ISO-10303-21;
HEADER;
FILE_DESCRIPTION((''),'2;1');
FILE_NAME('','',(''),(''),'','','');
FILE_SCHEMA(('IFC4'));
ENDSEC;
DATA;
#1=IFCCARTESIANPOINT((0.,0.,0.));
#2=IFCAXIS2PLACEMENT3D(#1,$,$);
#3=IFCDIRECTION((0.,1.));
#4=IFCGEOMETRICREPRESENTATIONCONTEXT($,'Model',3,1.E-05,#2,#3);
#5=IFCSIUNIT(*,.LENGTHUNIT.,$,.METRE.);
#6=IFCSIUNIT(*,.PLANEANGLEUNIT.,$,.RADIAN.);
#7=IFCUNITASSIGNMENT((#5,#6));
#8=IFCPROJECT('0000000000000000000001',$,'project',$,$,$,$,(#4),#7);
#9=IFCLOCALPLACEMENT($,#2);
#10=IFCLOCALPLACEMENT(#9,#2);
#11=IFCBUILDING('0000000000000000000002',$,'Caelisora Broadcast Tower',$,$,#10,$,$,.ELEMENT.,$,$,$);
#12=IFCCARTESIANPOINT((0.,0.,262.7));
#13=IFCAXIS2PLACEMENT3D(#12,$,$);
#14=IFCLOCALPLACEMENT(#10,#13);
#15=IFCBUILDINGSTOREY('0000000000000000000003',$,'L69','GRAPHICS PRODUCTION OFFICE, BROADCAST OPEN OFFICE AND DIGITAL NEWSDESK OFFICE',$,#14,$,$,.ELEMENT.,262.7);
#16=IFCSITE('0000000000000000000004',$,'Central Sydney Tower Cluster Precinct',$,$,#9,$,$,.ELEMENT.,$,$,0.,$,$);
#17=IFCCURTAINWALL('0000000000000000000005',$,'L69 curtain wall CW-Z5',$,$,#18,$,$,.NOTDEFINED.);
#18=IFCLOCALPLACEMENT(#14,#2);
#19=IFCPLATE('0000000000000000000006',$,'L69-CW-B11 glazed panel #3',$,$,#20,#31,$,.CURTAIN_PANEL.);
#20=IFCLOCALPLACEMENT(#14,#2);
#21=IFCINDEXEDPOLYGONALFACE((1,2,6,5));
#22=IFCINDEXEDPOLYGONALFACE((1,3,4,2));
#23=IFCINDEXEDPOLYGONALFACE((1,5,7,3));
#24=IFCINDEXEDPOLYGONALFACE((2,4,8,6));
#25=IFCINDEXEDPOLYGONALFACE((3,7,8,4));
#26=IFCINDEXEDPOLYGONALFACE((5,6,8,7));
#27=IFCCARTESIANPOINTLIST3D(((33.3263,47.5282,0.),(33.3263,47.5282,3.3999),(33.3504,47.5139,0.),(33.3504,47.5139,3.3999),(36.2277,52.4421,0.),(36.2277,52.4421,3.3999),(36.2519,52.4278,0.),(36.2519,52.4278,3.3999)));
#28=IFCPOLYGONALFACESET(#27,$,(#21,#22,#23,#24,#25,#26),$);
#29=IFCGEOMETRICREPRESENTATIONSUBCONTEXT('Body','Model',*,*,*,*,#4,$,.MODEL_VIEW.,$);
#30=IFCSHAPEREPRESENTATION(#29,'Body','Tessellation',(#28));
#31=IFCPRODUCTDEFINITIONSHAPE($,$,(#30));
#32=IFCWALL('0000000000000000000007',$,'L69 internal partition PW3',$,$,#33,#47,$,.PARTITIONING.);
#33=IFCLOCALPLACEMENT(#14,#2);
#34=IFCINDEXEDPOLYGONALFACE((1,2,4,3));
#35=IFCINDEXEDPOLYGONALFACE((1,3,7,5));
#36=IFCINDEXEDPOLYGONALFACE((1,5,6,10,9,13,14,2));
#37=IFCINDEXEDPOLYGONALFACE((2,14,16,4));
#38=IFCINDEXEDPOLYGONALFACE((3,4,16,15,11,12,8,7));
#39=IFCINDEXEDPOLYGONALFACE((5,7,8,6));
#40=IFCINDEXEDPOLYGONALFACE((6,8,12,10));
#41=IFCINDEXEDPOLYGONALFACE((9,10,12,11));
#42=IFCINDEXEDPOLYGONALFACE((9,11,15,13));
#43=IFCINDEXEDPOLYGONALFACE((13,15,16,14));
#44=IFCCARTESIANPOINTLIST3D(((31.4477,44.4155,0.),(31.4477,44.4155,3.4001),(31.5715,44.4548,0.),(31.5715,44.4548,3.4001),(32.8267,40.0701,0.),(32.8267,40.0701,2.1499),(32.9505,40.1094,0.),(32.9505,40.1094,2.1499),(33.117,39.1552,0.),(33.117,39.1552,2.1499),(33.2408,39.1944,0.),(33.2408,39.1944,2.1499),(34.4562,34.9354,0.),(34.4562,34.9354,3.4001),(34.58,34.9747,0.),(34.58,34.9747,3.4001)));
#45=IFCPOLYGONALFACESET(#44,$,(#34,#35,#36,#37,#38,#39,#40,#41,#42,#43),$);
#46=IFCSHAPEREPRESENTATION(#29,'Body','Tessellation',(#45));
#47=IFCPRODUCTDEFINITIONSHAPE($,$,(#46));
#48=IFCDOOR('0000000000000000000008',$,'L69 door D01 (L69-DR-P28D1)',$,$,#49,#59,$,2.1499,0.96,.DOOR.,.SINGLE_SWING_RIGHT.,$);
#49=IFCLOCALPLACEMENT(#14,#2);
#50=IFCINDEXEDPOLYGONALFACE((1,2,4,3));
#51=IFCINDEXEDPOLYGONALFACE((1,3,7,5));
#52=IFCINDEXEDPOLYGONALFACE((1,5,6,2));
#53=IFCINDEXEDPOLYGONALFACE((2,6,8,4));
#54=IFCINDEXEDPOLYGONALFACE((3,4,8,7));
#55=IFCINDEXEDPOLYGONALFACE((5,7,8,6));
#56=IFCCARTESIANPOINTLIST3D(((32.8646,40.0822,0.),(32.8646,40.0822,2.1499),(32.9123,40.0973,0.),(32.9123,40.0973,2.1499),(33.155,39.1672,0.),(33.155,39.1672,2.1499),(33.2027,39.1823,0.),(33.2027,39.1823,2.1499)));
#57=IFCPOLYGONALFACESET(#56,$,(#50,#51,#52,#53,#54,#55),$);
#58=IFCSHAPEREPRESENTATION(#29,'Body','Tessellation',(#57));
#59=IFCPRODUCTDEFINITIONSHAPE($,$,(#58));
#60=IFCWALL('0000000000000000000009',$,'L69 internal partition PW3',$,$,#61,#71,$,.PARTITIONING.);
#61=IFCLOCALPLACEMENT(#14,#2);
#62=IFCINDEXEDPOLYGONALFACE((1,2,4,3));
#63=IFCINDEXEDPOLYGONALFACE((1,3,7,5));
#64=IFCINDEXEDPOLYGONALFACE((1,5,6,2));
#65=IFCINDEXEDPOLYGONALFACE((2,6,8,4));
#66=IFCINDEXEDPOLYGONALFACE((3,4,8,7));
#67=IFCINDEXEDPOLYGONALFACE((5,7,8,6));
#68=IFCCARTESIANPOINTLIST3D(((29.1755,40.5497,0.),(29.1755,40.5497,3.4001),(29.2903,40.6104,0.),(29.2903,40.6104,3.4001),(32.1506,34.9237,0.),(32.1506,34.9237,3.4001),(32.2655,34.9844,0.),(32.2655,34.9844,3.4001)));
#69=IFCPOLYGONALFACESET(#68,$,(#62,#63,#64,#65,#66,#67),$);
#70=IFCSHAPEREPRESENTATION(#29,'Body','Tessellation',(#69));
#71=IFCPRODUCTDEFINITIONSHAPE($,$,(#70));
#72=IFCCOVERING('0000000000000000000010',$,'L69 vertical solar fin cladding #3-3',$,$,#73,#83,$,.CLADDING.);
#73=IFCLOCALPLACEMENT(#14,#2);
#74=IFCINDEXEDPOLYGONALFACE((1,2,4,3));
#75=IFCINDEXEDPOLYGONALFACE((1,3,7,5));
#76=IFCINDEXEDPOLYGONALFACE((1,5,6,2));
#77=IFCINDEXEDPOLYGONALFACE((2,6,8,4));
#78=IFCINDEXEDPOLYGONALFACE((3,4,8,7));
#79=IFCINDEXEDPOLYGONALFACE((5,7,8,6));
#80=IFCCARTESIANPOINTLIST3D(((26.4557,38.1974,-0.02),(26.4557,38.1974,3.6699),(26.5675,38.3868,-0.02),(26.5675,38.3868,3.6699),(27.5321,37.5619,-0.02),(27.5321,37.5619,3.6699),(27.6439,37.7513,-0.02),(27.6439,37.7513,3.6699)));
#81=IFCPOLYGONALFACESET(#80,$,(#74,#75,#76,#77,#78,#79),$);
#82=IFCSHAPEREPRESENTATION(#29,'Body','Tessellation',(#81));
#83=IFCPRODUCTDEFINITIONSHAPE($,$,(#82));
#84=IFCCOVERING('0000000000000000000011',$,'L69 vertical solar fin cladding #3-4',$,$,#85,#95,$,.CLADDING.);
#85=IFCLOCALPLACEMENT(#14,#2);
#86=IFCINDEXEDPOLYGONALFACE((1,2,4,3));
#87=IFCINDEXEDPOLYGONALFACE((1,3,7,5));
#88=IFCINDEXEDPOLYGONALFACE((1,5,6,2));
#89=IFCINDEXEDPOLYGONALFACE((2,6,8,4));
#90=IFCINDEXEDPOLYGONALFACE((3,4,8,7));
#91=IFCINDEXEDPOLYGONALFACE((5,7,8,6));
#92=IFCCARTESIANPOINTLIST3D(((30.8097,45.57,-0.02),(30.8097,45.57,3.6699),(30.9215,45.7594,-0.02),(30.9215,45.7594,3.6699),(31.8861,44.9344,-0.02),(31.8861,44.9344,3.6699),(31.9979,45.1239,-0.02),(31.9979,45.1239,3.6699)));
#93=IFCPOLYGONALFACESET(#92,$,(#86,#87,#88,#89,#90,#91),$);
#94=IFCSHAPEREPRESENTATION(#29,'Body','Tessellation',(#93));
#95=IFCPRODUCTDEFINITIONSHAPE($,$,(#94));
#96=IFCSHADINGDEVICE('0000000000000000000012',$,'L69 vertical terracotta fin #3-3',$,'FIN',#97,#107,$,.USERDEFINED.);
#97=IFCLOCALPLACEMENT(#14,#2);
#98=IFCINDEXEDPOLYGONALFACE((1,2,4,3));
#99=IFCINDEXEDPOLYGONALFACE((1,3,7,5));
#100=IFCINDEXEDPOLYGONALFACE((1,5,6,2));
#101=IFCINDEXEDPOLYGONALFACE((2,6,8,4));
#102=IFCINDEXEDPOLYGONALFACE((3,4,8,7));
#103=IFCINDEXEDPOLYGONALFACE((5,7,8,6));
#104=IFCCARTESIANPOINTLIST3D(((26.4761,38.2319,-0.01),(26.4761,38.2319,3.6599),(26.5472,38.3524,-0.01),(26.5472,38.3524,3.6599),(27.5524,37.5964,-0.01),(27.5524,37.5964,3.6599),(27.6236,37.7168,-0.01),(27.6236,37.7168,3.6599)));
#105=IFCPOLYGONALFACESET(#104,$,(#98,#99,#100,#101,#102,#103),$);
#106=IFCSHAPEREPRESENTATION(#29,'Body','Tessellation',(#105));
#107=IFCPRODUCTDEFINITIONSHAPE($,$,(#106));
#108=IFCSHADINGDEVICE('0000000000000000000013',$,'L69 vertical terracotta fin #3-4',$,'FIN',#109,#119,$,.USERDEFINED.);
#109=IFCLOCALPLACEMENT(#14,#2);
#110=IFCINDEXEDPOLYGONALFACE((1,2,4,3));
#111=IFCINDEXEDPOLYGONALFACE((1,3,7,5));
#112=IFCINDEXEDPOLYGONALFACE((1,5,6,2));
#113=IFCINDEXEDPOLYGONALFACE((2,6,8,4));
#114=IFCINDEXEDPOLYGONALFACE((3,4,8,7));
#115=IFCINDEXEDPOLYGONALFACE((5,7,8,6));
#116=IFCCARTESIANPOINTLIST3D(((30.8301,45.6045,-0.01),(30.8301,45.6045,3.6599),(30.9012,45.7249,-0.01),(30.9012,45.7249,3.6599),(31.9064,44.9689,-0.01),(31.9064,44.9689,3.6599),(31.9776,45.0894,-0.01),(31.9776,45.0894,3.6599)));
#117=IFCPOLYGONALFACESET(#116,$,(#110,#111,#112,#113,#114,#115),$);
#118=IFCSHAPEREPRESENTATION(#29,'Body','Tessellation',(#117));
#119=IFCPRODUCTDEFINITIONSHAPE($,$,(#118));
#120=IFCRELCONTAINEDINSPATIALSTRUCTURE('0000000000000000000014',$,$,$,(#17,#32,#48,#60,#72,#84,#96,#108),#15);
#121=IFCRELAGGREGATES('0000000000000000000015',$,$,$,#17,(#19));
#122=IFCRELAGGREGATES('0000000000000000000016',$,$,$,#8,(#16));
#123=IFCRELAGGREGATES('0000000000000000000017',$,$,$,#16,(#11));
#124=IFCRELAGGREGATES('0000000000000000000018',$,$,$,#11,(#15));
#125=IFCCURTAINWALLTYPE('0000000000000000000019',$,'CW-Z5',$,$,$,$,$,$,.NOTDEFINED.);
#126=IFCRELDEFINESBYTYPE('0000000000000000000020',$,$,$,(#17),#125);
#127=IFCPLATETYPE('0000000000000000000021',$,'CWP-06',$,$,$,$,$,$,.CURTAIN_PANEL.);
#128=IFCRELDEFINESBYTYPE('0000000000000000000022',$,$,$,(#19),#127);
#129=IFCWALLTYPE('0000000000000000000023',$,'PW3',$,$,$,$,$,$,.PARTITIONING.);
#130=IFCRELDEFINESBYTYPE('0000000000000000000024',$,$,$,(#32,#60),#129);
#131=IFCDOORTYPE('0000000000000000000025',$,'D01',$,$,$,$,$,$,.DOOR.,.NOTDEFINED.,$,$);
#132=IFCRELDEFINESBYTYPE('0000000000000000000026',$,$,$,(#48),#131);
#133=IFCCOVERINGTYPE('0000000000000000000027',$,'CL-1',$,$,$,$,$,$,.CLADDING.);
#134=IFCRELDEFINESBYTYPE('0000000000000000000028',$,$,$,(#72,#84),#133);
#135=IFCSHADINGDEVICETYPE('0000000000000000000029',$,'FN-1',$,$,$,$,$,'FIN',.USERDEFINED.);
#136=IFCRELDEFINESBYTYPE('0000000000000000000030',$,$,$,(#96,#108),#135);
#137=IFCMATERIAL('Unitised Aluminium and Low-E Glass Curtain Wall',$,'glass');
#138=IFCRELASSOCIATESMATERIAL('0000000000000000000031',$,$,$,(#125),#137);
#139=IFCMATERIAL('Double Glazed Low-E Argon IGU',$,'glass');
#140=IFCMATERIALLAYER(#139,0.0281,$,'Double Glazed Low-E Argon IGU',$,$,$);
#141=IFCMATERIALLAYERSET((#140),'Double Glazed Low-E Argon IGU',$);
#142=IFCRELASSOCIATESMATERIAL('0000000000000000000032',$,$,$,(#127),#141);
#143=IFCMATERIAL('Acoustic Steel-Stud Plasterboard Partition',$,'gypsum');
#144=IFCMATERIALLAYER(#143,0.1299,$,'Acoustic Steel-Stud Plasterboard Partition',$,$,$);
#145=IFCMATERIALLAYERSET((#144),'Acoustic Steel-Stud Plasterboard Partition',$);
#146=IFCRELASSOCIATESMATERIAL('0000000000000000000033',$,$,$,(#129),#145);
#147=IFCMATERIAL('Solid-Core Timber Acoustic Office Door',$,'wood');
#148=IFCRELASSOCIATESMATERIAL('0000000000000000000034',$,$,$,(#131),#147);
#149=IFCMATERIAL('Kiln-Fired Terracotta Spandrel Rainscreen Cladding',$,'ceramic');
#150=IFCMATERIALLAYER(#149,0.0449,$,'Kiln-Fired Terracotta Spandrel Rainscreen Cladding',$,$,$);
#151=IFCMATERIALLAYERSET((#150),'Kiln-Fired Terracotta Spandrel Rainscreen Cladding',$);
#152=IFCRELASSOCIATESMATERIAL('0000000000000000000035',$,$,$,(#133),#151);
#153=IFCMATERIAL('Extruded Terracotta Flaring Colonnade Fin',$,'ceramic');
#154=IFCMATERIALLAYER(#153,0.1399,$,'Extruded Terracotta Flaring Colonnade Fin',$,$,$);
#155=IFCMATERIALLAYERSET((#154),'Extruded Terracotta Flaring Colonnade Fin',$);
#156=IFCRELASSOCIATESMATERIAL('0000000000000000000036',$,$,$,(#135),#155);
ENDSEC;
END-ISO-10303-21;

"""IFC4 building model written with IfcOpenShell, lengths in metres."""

from ifc_helpers import new_model, si_unit, direction, frame, frame_2d, origin, origin_2d, place, context, subcontext, project, spatial, rectangle, extrude, source, transform, mapped, material, layer, layer_set, type_object, type_shapes, element, fill, aggregate, save


model = new_model("IFC4")

# Units and contexts
model_context = context("Model", 3, precision=1e-05, world=origin(), true_north=direction((0.0, 1.0)))
body_context = subcontext(model_context, "Body", "Model", "MODEL_VIEW")
ifc_project = project(units=[si_unit("LENGTHUNIT", "METRE"), si_unit("PLANEANGLEUNIT", "RADIAN")], contexts=[model_context])

# Site, building, storey
site_placement = place(None, origin())
site = spatial("IfcSite", under=ifc_project, at=site_placement, Name="Central Sydney Tower Cluster Precinct", CompositionType="ELEMENT", RefElevation=0.0)
building_placement = place(site_placement, origin())
building = spatial("IfcBuilding", under=site, at=building_placement, Name="Caelisora Broadcast Tower", CompositionType="ELEMENT")
storey_placement = place(building_placement, frame((0.0, 0.0, 262.7)))
storey = spatial("IfcBuildingStorey", under=building, at=storey_placement, Name="L69", Description="GRAPHICS PRODUCTION OFFICE, BROADCAST OPEN OFFICE AND DIGITAL NEWSDESK OFFICE", CompositionType="ELEMENT", Elevation=262.7)

# Curtain wall
ifc_material_1 = material(Name="Unitised Aluminium and Low-E Glass Curtain Wall", Category="glass")
curtain_wall_type_1 = type_object("IfcCurtainWallType", Name="CW-Z5", PredefinedType="NOTDEFINED", material=ifc_material_1)
curtain_wall_1_placement = place(storey_placement, origin())
curtain_wall_1 = element("IfcCurtainWall", 1, at=curtain_wall_1_placement, inside=storey, type_object=curtain_wall_type_1, Name="L69 curtain wall CW-Z5", PredefinedType="NOTDEFINED")

# Plate
ifc_material_2 = material(Name="Double Glazed Low-E Argon IGU", Category="glass")
ifc_layer_1 = layer(ifc_material_2, 0.0281, Name="Double Glazed Low-E Argon IGU")
ifc_layer_set_1 = layer_set([ifc_layer_1], Name="Double Glazed Low-E Argon IGU")
plate_type_1 = type_object("IfcPlateType", Name="CWP-06", PredefinedType="CURTAIN_PANEL", material=ifc_layer_set_1)
shared_shape_1 = source(origin(), body_context, "Body", "SweptSolid", [
    extrude(rectangle(XDim=5.7065, YDim=0.0281, at=origin_2d()), origin(), (0.0, 0.0, 1.0), 3.3999),
])
type_shapes(plate_type_1, [shared_shape_1])
plate_1_placement = place(storey_placement, frame((34.7891, 49.978, 0.0), z_axis=(0.0, 0.0, 1.0), x_axis=(0.50844, 0.861097, 0.0)))
plate_1 = element("IfcPlate", 2, at=plate_1_placement, type_object=plate_type_1, Name="L69-CW-B11 glazed panel #3", PredefinedType="CURTAIN_PANEL", context=body_context, shape_type="MappedRepresentation", body=[
    mapped(shared_shape_1, transform((0.0, 0.0, 0.0), scale=1.0)),
])
aggregate(curtain_wall_1, [plate_1])

# Wall, opening, door
ifc_material_3 = material(Name="Acoustic Steel-Stud Plasterboard Partition", Category="gypsum")
ifc_layer_2 = layer(ifc_material_3, 0.1299, Name="Acoustic Steel-Stud Plasterboard Partition")
ifc_layer_set_2 = layer_set([ifc_layer_2], Name="Acoustic Steel-Stud Plasterboard Partition")
wall_type = type_object("IfcWallType", Name="PW3", PredefinedType="PARTITIONING", material=ifc_layer_set_2)
wall_1_placement = place(storey_placement, frame((31.5095, 44.4353, 0.0), z_axis=(0.0, 0.0, 1.0), x_axis=(0.302483, -0.953155, 0.0)))
wall_1 = element("IfcWall", 3, at=wall_1_placement, inside=storey, type_object=wall_type, Name="L69 internal partition PW3", PredefinedType="PARTITIONING", context=body_context, shape_type="SweptSolid", body=[
    extrude(rectangle(XDim=9.946, YDim=0.1299, at=frame_2d((4.9731, 0.0))), origin(), (0.0, 0.0, 1.0), 3.4001),
])
opening_placement = place(wall_1_placement, frame((4.5591, 0.0, 0.0)))
opening = element("IfcOpeningElement", 4, at=opening_placement, cuts=wall_1, PredefinedType="OPENING", context=body_context, shape_type="SweptSolid", body=[
    extrude(rectangle(XDim=0.96, YDim=2.1499, at=frame_2d((0.48, 1.075))), frame((0.0, 0.0769, 0.0), z_axis=(0.0, -1.0, 0.0), x_axis=(1.0, 0.0, 0.0)), (0.0, 0.0, 1.0), 0.1538),
])
ifc_material_4 = material(Name="Solid-Core Timber Acoustic Office Door", Category="wood")
door_type = type_object("IfcDoorType", Name="D01", OperationType="NOTDEFINED", PredefinedType="DOOR", material=ifc_material_4)
door_placement = place(opening_placement, origin())
door = element("IfcDoor", 5, at=door_placement, inside=storey, type_object=door_type, Name="L69 door D01 (L69-DR-P28D1)", OperationType="SINGLE_SWING_RIGHT", OverallHeight=2.1499, OverallWidth=0.96, PredefinedType="DOOR", context=body_context, shape_type="SweptSolid", body=[
    extrude(rectangle(XDim=0.96, YDim=2.1499, at=frame_2d((0.48, 1.075))), frame((0.0, 0.0249, 0.0), z_axis=(0.0, -1.0, 0.0), x_axis=(1.0, 0.0, 0.0)), (0.0, 0.0, 1.0), 0.05),
])
fill(opening, door)

# Wall
wall_2_placement = place(storey_placement, frame((29.2329, 40.5801, 0.0), z_axis=(0.0, 0.0, 1.0), x_axis=(0.467475, -0.884006, 0.0)))
element("IfcWall", 6, at=wall_2_placement, inside=storey, type_object=wall_type, Name="L69 internal partition PW3", PredefinedType="PARTITIONING", context=body_context, shape_type="SweptSolid", body=[
    extrude(rectangle(XDim=6.3643, YDim=0.1299, at=frame_2d((3.1821, 0.0))), origin(), (0.0, 0.0, 1.0), 3.4001),
])

# Coverings
ifc_material_5 = material(Name="Kiln-Fired Terracotta Spandrel Rainscreen Cladding", Category="ceramic")
ifc_layer_3 = layer(ifc_material_5, 0.0449, Name="Kiln-Fired Terracotta Spandrel Rainscreen Cladding")
ifc_layer_set_3 = layer_set([ifc_layer_3], Name="Kiln-Fired Terracotta Spandrel Rainscreen Cladding")
covering_type = type_object("IfcCoveringType", Name="CL-1", PredefinedType="CLADDING", material=ifc_layer_set_3)
shared_shape_2 = source(origin(), body_context, "Body", "SweptSolid", [
    extrude(rectangle(XDim=0.22, YDim=1.25, at=origin_2d()), origin(), (0.0, 0.0, 1.0), 3.6899),
])
type_shapes(covering_type, [shared_shape_2])
for number, where, z_axis, x_axis, name in (
    (7, (27.0498, 37.9744, -0.02), (0.0, 0.0, 1.0), (0.50844, 0.861097, 0.0), "L69 vertical solar fin cladding #3-3"),
    (8, (31.4038, 45.3469, -0.02), (0.0, 0.0, 1.0), (0.50844, 0.861097, 0.0), "L69 vertical solar fin cladding #3-4"),
):
    element("IfcCovering", number, at=place(storey_placement, frame(where, z_axis=z_axis, x_axis=x_axis)), inside=storey, type_object=covering_type, Name=name, PredefinedType="CLADDING", context=body_context, shape_type="MappedRepresentation", body=[
        mapped(shared_shape_2, transform((0.0, 0.0, 0.0), scale=1.0)),
    ])

# Shading devices
ifc_material_6 = material(Name="Extruded Terracotta Flaring Colonnade Fin", Category="ceramic")
ifc_layer_4 = layer(ifc_material_6, 0.1399, Name="Extruded Terracotta Flaring Colonnade Fin")
ifc_layer_set_4 = layer_set([ifc_layer_4], Name="Extruded Terracotta Flaring Colonnade Fin")
shading_device_type = type_object("IfcShadingDeviceType", Name="FN-1", ElementType="FIN", PredefinedType="USERDEFINED", material=ifc_layer_set_4)
shared_shape_3 = source(origin(), body_context, "Body", "SweptSolid", [
    extrude(rectangle(XDim=0.1399, YDim=1.25, at=origin_2d()), origin(), (0.0, 0.0, 1.0), 3.6699),
])
type_shapes(shading_device_type, [shared_shape_3])
for number, where, z_axis, x_axis, name in (
    (9, (27.0498, 37.9744, -0.01), (0.0, 0.0, 1.0), (0.50844, 0.861097, 0.0), "L69 vertical terracotta fin #3-3"),
    (10, (31.4038, 45.3469, -0.01), (0.0, 0.0, 1.0), (0.50844, 0.861097, 0.0), "L69 vertical terracotta fin #3-4"),
):
    element("IfcShadingDevice", number, at=place(storey_placement, frame(where, z_axis=z_axis, x_axis=x_axis)), inside=storey, type_object=shading_device_type, Name=name, ObjectType="FIN", PredefinedType="USERDEFINED", context=body_context, shape_type="MappedRepresentation", body=[
        mapped(shared_shape_3, transform((0.0, 0.0, 0.0), scale=1.0)),
    ])

save(model, "model.ifc")
